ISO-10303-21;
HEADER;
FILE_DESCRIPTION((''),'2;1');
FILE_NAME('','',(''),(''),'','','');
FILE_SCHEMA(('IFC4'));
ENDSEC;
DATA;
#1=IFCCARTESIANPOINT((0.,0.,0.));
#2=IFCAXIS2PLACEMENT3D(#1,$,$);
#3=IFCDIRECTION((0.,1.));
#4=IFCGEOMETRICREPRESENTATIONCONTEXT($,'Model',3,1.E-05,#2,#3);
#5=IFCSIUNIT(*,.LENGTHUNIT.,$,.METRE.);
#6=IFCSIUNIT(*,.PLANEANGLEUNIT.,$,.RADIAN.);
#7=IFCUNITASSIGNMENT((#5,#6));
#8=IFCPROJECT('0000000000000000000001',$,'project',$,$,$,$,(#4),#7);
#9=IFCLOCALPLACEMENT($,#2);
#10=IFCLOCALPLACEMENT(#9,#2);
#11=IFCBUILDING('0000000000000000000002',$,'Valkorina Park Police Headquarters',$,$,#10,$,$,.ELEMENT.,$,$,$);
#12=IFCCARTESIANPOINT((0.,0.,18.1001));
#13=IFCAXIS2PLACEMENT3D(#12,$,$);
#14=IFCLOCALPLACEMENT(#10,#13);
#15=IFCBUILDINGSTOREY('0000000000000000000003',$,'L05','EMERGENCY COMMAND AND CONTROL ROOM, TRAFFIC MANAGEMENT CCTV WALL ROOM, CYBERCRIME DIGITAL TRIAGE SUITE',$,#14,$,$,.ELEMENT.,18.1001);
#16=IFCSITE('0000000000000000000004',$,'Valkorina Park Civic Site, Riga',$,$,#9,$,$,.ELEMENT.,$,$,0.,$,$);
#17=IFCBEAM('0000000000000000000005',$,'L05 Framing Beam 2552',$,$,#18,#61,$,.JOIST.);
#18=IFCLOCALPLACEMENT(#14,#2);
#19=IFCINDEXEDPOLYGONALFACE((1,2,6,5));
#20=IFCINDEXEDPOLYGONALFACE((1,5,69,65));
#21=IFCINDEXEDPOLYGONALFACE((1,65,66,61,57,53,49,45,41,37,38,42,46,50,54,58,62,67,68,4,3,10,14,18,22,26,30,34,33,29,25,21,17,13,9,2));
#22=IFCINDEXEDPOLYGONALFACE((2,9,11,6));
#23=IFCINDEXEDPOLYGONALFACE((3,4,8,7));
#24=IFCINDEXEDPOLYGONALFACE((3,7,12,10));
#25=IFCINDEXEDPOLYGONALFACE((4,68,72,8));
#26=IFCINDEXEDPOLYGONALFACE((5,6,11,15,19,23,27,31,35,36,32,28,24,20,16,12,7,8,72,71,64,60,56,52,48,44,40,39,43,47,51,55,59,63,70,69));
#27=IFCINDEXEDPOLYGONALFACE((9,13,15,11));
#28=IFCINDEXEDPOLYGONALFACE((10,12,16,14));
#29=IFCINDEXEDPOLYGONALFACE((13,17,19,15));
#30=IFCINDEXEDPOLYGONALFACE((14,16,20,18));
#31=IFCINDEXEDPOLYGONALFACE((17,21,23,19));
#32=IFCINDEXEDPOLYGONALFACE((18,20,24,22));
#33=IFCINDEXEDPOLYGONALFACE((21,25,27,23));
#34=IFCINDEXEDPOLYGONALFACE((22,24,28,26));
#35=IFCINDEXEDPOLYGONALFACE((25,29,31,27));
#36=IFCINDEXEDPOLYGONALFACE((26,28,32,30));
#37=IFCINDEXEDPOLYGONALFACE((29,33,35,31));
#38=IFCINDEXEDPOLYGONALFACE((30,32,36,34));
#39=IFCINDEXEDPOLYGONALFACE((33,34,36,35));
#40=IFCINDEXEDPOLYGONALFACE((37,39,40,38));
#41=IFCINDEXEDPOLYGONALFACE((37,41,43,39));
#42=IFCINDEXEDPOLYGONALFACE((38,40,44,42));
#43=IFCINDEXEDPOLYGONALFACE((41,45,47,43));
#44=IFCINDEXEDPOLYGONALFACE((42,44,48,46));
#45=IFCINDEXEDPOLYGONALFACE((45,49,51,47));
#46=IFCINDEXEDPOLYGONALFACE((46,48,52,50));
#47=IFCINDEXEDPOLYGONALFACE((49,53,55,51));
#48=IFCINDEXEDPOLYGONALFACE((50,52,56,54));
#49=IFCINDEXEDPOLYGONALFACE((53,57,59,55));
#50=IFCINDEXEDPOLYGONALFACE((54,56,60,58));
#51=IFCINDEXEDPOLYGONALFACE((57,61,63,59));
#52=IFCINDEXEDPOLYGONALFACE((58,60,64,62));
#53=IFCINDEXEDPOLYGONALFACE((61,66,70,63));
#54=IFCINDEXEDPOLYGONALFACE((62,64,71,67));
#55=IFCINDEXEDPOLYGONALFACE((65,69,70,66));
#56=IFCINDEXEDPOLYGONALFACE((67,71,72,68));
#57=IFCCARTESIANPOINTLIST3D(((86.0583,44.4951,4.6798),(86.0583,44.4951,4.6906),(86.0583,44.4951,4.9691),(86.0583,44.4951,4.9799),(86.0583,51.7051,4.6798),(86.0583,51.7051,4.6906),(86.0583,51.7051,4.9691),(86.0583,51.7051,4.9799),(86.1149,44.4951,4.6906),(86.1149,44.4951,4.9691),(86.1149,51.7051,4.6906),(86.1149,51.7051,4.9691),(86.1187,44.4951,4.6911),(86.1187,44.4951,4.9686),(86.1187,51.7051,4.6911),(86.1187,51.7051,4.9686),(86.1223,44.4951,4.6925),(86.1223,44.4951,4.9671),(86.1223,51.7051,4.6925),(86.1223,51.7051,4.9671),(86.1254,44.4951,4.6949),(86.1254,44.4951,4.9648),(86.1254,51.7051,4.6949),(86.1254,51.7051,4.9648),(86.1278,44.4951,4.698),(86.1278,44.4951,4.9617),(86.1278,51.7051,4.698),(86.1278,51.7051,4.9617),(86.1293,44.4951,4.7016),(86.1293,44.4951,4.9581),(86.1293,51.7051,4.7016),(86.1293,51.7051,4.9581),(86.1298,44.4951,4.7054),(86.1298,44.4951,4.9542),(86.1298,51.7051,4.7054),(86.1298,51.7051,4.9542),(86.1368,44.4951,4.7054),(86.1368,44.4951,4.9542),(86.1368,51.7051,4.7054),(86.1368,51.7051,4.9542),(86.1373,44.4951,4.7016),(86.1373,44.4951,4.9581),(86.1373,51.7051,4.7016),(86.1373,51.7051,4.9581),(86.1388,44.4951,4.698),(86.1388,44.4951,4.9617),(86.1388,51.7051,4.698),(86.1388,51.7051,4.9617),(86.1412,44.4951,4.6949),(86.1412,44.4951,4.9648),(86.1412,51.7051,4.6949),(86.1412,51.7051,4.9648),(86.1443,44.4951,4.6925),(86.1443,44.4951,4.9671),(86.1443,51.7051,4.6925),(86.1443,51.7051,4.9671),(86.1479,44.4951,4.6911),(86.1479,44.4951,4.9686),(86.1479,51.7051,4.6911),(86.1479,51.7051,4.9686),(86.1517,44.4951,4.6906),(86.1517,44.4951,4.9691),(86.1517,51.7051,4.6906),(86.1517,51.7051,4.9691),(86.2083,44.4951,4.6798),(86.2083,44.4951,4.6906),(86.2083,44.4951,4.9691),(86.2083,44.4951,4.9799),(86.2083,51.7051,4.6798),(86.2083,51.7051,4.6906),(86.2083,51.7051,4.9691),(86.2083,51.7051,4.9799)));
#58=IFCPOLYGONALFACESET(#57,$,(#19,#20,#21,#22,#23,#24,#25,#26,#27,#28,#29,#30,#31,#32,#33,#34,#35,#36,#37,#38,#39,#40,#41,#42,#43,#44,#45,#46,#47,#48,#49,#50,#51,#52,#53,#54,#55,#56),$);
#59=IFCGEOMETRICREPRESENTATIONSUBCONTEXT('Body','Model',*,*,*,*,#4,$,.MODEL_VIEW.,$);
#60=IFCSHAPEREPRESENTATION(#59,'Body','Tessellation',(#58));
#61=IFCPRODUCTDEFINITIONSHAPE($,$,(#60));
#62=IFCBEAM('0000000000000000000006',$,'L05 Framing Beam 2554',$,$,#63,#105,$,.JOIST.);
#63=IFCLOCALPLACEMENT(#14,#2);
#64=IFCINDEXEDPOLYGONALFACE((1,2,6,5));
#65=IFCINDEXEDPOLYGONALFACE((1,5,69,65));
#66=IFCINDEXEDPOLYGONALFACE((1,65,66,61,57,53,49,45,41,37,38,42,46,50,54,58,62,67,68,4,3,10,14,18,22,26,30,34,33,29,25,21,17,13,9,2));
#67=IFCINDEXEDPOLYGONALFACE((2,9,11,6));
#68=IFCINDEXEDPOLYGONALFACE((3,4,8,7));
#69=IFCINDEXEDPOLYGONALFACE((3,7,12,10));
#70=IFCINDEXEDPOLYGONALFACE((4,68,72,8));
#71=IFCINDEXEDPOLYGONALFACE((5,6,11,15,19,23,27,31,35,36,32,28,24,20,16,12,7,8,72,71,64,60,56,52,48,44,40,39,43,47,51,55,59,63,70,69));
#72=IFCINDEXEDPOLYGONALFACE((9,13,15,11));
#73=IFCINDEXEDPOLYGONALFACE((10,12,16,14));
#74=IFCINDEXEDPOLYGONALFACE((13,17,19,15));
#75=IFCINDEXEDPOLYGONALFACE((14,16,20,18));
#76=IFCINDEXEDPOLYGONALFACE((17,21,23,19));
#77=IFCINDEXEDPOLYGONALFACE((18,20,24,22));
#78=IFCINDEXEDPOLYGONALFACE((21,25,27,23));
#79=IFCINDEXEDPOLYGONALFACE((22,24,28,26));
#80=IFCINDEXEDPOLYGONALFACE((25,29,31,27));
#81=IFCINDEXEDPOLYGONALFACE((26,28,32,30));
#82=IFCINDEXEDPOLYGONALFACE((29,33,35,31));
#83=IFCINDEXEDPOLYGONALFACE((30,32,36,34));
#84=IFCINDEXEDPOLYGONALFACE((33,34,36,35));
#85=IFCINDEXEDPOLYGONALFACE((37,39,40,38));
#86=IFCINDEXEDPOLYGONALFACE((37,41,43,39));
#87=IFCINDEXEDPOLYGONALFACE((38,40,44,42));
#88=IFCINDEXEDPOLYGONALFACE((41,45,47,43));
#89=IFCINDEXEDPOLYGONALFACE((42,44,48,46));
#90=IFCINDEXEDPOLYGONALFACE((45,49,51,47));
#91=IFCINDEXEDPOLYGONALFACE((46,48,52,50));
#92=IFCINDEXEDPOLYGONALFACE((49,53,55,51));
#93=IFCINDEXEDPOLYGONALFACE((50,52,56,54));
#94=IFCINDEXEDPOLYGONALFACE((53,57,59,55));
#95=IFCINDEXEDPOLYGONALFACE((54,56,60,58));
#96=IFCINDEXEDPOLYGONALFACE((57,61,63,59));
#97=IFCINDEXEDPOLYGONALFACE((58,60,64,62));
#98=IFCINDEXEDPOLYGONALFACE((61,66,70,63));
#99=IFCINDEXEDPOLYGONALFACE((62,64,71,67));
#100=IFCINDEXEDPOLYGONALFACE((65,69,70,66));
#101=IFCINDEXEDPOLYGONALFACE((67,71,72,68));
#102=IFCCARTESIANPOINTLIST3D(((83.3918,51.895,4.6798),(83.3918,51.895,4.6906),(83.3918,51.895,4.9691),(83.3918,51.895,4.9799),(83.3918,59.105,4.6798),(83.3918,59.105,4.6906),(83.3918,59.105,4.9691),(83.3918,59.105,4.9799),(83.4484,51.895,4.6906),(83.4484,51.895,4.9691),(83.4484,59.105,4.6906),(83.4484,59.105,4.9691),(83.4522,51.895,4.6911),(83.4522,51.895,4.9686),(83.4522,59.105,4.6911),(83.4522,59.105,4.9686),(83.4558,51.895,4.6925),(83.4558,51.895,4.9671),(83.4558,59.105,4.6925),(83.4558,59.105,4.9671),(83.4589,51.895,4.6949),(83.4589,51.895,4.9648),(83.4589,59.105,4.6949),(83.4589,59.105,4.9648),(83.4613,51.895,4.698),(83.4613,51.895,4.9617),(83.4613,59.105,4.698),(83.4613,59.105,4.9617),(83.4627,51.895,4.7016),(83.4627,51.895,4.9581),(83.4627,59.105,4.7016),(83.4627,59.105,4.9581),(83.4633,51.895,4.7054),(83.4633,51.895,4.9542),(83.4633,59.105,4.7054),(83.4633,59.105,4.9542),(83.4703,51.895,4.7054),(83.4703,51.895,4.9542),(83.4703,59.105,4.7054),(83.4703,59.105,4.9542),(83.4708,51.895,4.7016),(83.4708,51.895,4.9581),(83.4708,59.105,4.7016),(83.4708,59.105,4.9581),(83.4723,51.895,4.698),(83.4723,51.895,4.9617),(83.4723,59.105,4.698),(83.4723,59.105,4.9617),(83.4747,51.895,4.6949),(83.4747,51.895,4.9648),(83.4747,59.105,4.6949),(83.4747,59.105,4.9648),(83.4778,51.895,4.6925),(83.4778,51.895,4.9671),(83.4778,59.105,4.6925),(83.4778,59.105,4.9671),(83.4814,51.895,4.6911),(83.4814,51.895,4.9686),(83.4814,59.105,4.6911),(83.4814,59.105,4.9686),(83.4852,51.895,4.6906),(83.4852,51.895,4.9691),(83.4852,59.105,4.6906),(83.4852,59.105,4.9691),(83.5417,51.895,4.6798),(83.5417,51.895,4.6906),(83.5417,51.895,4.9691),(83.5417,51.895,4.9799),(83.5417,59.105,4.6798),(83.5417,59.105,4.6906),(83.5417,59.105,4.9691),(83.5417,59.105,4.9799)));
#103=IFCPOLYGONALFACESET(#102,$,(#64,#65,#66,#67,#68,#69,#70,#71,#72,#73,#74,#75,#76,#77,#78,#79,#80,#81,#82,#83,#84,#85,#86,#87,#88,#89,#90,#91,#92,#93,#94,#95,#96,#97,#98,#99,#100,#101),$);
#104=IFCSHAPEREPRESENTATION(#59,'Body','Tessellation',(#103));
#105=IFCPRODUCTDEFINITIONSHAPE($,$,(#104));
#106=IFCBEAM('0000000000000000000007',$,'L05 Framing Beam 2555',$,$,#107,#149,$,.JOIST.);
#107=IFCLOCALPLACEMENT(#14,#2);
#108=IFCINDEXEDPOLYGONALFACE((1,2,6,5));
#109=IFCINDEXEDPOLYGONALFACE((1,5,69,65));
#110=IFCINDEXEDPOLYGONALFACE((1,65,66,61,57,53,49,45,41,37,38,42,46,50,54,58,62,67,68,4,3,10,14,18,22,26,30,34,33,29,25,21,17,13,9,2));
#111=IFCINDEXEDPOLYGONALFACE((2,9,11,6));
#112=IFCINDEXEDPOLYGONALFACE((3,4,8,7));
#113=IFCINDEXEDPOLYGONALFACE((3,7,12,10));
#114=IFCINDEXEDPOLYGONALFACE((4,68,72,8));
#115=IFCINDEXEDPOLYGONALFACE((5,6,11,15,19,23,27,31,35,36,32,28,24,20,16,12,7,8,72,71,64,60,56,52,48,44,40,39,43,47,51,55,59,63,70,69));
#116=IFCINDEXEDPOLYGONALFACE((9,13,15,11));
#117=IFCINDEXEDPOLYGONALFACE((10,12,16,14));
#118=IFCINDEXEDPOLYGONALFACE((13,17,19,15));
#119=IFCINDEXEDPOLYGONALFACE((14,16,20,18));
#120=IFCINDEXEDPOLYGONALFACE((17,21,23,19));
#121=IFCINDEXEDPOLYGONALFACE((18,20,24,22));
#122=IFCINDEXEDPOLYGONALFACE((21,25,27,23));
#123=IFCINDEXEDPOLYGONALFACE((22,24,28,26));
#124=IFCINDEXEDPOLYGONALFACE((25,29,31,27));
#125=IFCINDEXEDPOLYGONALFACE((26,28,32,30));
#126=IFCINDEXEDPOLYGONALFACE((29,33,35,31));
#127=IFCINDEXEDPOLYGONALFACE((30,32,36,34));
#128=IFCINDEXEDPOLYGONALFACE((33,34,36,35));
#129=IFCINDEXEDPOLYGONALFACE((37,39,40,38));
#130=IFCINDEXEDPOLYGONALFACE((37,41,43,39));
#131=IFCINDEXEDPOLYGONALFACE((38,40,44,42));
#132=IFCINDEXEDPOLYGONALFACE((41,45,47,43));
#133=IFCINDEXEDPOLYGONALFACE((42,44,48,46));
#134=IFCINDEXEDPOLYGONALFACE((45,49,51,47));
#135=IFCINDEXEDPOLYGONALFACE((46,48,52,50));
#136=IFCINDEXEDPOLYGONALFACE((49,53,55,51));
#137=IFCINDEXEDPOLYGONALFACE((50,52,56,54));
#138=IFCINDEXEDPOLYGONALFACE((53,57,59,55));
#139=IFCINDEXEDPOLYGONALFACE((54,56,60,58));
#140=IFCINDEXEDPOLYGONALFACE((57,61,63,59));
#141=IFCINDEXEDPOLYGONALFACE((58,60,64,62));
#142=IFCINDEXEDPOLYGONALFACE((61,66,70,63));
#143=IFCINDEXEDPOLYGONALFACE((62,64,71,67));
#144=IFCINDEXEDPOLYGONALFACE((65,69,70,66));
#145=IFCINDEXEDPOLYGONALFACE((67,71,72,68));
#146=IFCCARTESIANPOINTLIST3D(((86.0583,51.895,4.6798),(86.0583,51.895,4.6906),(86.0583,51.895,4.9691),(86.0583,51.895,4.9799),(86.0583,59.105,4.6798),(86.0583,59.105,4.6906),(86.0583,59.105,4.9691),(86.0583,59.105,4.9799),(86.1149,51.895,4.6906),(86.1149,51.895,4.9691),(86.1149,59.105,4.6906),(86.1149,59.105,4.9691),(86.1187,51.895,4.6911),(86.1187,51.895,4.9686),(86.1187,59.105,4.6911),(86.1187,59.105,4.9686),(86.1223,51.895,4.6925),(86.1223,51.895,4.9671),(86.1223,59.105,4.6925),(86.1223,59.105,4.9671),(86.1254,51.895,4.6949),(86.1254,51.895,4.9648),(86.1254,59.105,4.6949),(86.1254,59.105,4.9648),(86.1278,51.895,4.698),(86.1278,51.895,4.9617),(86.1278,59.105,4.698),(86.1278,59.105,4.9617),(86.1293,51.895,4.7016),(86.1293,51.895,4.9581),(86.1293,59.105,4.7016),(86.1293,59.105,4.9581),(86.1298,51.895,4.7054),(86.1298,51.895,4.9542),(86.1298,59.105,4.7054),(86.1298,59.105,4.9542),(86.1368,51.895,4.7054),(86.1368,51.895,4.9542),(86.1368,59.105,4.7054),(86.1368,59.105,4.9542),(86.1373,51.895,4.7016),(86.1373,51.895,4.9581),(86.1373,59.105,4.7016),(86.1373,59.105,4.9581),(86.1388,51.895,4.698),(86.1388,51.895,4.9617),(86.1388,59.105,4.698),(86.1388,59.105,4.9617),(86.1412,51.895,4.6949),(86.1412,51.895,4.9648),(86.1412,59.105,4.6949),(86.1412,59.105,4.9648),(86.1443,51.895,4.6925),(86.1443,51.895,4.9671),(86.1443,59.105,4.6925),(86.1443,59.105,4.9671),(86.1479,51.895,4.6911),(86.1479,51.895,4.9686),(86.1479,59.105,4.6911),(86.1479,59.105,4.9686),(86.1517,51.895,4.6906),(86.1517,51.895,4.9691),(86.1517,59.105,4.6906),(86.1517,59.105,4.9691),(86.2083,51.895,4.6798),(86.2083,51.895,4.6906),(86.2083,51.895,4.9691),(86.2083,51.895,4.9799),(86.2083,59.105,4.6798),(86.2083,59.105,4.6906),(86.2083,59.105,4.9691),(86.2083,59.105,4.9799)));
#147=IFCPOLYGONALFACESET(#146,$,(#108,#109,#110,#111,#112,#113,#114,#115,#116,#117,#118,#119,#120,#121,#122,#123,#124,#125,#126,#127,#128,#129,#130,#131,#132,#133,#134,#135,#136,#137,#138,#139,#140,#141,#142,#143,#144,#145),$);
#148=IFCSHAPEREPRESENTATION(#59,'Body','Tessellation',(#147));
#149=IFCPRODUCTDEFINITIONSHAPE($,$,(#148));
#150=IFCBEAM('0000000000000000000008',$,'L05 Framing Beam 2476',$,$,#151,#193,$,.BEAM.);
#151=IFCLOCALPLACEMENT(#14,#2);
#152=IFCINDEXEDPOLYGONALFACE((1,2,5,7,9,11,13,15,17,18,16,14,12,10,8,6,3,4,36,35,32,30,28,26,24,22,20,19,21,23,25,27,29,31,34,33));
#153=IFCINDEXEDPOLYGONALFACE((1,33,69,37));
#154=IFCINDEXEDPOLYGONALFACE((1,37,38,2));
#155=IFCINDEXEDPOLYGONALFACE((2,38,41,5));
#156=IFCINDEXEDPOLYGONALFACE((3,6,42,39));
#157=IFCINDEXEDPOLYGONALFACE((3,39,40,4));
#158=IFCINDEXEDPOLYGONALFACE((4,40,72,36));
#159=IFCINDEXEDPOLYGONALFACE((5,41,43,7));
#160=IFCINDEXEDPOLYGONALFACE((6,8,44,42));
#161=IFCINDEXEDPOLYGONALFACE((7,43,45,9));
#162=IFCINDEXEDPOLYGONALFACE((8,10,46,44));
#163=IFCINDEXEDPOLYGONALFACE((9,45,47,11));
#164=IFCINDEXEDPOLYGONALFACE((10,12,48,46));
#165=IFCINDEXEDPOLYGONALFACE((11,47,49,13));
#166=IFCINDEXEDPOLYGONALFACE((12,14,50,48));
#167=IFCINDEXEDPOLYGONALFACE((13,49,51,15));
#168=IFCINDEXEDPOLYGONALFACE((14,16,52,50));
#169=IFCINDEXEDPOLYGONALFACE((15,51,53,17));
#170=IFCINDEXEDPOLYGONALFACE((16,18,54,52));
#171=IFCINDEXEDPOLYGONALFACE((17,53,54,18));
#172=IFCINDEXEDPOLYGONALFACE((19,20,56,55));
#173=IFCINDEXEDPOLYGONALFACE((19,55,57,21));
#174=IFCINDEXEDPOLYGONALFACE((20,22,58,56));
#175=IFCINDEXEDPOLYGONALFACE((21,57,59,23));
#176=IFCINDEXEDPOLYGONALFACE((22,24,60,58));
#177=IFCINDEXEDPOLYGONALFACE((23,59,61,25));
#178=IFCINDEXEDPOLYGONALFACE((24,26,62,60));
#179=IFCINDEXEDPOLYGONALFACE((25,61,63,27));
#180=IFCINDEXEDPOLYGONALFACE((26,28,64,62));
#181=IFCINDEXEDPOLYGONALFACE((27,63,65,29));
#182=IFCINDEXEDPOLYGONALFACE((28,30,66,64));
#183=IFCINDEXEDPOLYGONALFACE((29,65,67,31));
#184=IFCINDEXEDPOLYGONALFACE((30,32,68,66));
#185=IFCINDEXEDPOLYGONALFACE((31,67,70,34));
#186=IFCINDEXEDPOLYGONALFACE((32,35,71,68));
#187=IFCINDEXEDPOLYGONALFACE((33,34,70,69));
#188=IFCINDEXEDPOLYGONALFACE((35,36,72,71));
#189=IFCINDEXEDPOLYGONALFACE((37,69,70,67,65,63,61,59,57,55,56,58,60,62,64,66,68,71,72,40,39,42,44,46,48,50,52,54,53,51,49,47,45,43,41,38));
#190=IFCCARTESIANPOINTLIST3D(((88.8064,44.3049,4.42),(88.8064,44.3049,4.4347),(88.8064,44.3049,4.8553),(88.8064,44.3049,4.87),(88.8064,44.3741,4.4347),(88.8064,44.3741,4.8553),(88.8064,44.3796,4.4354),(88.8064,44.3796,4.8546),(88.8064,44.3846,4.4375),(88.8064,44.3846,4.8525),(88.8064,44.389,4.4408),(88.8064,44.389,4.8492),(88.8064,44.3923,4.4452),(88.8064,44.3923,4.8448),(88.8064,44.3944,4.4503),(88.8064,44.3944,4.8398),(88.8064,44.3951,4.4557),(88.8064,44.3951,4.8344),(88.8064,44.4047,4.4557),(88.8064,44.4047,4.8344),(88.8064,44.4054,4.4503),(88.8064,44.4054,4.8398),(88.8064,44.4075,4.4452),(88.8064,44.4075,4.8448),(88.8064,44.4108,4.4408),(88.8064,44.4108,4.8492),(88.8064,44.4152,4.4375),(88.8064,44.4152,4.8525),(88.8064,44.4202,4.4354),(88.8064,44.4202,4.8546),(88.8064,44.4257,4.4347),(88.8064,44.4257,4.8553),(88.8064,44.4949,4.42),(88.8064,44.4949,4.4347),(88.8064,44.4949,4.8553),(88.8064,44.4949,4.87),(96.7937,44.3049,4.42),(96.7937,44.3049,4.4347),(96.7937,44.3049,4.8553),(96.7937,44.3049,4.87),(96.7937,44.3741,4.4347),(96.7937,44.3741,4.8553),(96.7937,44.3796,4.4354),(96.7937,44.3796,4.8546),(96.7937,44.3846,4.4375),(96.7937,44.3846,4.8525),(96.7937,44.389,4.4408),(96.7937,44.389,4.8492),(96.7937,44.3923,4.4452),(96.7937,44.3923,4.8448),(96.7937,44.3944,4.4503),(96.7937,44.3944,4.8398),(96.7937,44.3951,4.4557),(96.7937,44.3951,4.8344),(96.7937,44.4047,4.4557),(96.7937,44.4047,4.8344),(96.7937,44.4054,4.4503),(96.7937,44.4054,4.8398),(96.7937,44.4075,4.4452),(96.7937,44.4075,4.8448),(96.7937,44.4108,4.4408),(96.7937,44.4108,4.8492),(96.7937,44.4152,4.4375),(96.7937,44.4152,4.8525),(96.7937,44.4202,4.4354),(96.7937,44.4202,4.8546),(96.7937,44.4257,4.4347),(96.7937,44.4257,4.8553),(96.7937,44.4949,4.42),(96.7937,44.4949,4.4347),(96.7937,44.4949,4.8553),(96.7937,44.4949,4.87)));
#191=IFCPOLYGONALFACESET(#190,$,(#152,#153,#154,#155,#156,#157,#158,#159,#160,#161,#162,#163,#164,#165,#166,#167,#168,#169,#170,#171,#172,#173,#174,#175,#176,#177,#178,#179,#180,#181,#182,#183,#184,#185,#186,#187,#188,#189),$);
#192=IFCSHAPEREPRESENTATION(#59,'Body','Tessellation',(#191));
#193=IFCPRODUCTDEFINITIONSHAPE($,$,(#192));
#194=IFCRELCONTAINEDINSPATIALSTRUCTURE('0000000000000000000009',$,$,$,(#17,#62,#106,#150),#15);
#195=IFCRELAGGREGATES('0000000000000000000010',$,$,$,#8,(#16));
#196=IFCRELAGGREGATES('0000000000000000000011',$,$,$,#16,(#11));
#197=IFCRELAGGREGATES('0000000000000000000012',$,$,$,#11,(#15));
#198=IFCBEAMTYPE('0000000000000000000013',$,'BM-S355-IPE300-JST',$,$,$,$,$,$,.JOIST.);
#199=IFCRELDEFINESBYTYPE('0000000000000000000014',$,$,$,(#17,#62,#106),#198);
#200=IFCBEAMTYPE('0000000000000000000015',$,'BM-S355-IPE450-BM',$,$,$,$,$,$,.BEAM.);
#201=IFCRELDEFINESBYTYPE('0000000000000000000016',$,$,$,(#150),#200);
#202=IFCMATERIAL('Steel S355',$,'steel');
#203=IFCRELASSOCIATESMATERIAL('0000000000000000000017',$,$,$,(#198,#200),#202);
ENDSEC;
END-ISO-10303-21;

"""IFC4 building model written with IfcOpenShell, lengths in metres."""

from ifc_helpers import new_model, si_unit, direction, frame, origin, origin_2d, place, context, subcontext, project, spatial, i_section, extrude, material, material_profile, profile_set, type_object, element, save


model = new_model("IFC4")

# Units and contexts
model_context = context("Model", 3, precision=1e-05, world=origin(), true_north=direction((0.0, 1.0)))
body_context = subcontext(model_context, "Body", "Model", "MODEL_VIEW")
ifc_project = project(units=[si_unit("LENGTHUNIT", "METRE"), si_unit("PLANEANGLEUNIT", "RADIAN")], contexts=[model_context])

# Site, building, storey
site_placement = place(None, origin())
site = spatial("IfcSite", under=ifc_project, at=site_placement, Name="Valkorina Park Civic Site, Riga", CompositionType="ELEMENT", RefElevation=0.0)
building_placement = place(site_placement, origin())
building = spatial("IfcBuilding", under=site, at=building_placement, Name="Valkorina Park Police Headquarters", CompositionType="ELEMENT")
storey_placement = place(building_placement, frame((0.0, 0.0, 18.1001)))
storey = spatial("IfcBuildingStorey", under=building, at=storey_placement, Name="L05", Description="EMERGENCY COMMAND AND CONTROL ROOM, TRAFFIC MANAGEMENT CCTV WALL ROOM, CYBERCRIME DIGITAL TRIAGE SUITE", CompositionType="ELEMENT", Elevation=18.1001)

# Shared definitions
ifc_material_1 = material(Name="Steel S355", Category="steel")

# Beams
ifc_material_profile_1 = material_profile(ifc_material_1, i_section(OverallWidth=0.1499, OverallDepth=0.3, WebThickness=0.0071, FlangeThickness=0.0107, FilletRadius=0.0149, at=origin_2d()), Name="IPE 300")
ifc_profile_set_1 = profile_set([ifc_material_profile_1], Name="Steel S355")
beam_type_1 = type_object("IfcBeamType", Name="BM-S355-IPE300-JST", PredefinedType="JOIST", material=ifc_profile_set_1)
for number, where, z_axis, x_axis, name in (
    (1, (86.1333, 44.4951, 4.8298), (0.0, 1.0, 0.0), (-1.0, 0.0, 0.0), "L05 Framing Beam 2552"),
    (2, (83.4668, 51.895, 4.8298), (0.0, 1.0, 0.0), (-1.0, 0.0, 0.0), "L05 Framing Beam 2554"),
    (3, (86.1333, 51.895, 4.8298), (0.0, 1.0, 0.0), (-1.0, 0.0, 0.0), "L05 Framing Beam 2555"),
):
    element("IfcBeam", number, at=place(storey_placement, frame(where, z_axis=z_axis, x_axis=x_axis)), inside=storey, type_object=beam_type_1, Name=name, PredefinedType="JOIST", context=body_context, shape_type="SweptSolid", body=[
        extrude(i_section(OverallWidth=0.1499, OverallDepth=0.3, WebThickness=0.0071, FlangeThickness=0.0107, FilletRadius=0.0149, at=origin_2d()), origin(), (0.0, 0.0, 1.0), 7.21),
    ])
ifc_material_profile_2 = material_profile(ifc_material_1, i_section(OverallWidth=0.1899, OverallDepth=0.45, WebThickness=0.0095, FlangeThickness=0.0146, FilletRadius=0.021, at=origin_2d()), Name="IPE 450")
ifc_profile_set_2 = profile_set([ifc_material_profile_2], Name="Steel S355")
beam_type_2 = type_object("IfcBeamType", Name="BM-S355-IPE450-BM", PredefinedType="BEAM", material=ifc_profile_set_2)
for number, where, z_axis, x_axis, name in (
    (4, (88.8064, 44.3999, 4.645), (1.0, 0.0, 0.0), (0.0, 1.0, 0.0), "L05 Framing Beam 2476"),
):
    element("IfcBeam", number, at=place(storey_placement, frame(where, z_axis=z_axis, x_axis=x_axis)), inside=storey, type_object=beam_type_2, Name=name, PredefinedType="BEAM", context=body_context, shape_type="SweptSolid", body=[
        extrude(i_section(OverallWidth=0.1899, OverallDepth=0.45, WebThickness=0.0095, FlangeThickness=0.0146, FilletRadius=0.021, at=origin_2d()), origin(), (0.0, 0.0, 1.0), 7.9873),
    ])

save(model, "model.ifc")
